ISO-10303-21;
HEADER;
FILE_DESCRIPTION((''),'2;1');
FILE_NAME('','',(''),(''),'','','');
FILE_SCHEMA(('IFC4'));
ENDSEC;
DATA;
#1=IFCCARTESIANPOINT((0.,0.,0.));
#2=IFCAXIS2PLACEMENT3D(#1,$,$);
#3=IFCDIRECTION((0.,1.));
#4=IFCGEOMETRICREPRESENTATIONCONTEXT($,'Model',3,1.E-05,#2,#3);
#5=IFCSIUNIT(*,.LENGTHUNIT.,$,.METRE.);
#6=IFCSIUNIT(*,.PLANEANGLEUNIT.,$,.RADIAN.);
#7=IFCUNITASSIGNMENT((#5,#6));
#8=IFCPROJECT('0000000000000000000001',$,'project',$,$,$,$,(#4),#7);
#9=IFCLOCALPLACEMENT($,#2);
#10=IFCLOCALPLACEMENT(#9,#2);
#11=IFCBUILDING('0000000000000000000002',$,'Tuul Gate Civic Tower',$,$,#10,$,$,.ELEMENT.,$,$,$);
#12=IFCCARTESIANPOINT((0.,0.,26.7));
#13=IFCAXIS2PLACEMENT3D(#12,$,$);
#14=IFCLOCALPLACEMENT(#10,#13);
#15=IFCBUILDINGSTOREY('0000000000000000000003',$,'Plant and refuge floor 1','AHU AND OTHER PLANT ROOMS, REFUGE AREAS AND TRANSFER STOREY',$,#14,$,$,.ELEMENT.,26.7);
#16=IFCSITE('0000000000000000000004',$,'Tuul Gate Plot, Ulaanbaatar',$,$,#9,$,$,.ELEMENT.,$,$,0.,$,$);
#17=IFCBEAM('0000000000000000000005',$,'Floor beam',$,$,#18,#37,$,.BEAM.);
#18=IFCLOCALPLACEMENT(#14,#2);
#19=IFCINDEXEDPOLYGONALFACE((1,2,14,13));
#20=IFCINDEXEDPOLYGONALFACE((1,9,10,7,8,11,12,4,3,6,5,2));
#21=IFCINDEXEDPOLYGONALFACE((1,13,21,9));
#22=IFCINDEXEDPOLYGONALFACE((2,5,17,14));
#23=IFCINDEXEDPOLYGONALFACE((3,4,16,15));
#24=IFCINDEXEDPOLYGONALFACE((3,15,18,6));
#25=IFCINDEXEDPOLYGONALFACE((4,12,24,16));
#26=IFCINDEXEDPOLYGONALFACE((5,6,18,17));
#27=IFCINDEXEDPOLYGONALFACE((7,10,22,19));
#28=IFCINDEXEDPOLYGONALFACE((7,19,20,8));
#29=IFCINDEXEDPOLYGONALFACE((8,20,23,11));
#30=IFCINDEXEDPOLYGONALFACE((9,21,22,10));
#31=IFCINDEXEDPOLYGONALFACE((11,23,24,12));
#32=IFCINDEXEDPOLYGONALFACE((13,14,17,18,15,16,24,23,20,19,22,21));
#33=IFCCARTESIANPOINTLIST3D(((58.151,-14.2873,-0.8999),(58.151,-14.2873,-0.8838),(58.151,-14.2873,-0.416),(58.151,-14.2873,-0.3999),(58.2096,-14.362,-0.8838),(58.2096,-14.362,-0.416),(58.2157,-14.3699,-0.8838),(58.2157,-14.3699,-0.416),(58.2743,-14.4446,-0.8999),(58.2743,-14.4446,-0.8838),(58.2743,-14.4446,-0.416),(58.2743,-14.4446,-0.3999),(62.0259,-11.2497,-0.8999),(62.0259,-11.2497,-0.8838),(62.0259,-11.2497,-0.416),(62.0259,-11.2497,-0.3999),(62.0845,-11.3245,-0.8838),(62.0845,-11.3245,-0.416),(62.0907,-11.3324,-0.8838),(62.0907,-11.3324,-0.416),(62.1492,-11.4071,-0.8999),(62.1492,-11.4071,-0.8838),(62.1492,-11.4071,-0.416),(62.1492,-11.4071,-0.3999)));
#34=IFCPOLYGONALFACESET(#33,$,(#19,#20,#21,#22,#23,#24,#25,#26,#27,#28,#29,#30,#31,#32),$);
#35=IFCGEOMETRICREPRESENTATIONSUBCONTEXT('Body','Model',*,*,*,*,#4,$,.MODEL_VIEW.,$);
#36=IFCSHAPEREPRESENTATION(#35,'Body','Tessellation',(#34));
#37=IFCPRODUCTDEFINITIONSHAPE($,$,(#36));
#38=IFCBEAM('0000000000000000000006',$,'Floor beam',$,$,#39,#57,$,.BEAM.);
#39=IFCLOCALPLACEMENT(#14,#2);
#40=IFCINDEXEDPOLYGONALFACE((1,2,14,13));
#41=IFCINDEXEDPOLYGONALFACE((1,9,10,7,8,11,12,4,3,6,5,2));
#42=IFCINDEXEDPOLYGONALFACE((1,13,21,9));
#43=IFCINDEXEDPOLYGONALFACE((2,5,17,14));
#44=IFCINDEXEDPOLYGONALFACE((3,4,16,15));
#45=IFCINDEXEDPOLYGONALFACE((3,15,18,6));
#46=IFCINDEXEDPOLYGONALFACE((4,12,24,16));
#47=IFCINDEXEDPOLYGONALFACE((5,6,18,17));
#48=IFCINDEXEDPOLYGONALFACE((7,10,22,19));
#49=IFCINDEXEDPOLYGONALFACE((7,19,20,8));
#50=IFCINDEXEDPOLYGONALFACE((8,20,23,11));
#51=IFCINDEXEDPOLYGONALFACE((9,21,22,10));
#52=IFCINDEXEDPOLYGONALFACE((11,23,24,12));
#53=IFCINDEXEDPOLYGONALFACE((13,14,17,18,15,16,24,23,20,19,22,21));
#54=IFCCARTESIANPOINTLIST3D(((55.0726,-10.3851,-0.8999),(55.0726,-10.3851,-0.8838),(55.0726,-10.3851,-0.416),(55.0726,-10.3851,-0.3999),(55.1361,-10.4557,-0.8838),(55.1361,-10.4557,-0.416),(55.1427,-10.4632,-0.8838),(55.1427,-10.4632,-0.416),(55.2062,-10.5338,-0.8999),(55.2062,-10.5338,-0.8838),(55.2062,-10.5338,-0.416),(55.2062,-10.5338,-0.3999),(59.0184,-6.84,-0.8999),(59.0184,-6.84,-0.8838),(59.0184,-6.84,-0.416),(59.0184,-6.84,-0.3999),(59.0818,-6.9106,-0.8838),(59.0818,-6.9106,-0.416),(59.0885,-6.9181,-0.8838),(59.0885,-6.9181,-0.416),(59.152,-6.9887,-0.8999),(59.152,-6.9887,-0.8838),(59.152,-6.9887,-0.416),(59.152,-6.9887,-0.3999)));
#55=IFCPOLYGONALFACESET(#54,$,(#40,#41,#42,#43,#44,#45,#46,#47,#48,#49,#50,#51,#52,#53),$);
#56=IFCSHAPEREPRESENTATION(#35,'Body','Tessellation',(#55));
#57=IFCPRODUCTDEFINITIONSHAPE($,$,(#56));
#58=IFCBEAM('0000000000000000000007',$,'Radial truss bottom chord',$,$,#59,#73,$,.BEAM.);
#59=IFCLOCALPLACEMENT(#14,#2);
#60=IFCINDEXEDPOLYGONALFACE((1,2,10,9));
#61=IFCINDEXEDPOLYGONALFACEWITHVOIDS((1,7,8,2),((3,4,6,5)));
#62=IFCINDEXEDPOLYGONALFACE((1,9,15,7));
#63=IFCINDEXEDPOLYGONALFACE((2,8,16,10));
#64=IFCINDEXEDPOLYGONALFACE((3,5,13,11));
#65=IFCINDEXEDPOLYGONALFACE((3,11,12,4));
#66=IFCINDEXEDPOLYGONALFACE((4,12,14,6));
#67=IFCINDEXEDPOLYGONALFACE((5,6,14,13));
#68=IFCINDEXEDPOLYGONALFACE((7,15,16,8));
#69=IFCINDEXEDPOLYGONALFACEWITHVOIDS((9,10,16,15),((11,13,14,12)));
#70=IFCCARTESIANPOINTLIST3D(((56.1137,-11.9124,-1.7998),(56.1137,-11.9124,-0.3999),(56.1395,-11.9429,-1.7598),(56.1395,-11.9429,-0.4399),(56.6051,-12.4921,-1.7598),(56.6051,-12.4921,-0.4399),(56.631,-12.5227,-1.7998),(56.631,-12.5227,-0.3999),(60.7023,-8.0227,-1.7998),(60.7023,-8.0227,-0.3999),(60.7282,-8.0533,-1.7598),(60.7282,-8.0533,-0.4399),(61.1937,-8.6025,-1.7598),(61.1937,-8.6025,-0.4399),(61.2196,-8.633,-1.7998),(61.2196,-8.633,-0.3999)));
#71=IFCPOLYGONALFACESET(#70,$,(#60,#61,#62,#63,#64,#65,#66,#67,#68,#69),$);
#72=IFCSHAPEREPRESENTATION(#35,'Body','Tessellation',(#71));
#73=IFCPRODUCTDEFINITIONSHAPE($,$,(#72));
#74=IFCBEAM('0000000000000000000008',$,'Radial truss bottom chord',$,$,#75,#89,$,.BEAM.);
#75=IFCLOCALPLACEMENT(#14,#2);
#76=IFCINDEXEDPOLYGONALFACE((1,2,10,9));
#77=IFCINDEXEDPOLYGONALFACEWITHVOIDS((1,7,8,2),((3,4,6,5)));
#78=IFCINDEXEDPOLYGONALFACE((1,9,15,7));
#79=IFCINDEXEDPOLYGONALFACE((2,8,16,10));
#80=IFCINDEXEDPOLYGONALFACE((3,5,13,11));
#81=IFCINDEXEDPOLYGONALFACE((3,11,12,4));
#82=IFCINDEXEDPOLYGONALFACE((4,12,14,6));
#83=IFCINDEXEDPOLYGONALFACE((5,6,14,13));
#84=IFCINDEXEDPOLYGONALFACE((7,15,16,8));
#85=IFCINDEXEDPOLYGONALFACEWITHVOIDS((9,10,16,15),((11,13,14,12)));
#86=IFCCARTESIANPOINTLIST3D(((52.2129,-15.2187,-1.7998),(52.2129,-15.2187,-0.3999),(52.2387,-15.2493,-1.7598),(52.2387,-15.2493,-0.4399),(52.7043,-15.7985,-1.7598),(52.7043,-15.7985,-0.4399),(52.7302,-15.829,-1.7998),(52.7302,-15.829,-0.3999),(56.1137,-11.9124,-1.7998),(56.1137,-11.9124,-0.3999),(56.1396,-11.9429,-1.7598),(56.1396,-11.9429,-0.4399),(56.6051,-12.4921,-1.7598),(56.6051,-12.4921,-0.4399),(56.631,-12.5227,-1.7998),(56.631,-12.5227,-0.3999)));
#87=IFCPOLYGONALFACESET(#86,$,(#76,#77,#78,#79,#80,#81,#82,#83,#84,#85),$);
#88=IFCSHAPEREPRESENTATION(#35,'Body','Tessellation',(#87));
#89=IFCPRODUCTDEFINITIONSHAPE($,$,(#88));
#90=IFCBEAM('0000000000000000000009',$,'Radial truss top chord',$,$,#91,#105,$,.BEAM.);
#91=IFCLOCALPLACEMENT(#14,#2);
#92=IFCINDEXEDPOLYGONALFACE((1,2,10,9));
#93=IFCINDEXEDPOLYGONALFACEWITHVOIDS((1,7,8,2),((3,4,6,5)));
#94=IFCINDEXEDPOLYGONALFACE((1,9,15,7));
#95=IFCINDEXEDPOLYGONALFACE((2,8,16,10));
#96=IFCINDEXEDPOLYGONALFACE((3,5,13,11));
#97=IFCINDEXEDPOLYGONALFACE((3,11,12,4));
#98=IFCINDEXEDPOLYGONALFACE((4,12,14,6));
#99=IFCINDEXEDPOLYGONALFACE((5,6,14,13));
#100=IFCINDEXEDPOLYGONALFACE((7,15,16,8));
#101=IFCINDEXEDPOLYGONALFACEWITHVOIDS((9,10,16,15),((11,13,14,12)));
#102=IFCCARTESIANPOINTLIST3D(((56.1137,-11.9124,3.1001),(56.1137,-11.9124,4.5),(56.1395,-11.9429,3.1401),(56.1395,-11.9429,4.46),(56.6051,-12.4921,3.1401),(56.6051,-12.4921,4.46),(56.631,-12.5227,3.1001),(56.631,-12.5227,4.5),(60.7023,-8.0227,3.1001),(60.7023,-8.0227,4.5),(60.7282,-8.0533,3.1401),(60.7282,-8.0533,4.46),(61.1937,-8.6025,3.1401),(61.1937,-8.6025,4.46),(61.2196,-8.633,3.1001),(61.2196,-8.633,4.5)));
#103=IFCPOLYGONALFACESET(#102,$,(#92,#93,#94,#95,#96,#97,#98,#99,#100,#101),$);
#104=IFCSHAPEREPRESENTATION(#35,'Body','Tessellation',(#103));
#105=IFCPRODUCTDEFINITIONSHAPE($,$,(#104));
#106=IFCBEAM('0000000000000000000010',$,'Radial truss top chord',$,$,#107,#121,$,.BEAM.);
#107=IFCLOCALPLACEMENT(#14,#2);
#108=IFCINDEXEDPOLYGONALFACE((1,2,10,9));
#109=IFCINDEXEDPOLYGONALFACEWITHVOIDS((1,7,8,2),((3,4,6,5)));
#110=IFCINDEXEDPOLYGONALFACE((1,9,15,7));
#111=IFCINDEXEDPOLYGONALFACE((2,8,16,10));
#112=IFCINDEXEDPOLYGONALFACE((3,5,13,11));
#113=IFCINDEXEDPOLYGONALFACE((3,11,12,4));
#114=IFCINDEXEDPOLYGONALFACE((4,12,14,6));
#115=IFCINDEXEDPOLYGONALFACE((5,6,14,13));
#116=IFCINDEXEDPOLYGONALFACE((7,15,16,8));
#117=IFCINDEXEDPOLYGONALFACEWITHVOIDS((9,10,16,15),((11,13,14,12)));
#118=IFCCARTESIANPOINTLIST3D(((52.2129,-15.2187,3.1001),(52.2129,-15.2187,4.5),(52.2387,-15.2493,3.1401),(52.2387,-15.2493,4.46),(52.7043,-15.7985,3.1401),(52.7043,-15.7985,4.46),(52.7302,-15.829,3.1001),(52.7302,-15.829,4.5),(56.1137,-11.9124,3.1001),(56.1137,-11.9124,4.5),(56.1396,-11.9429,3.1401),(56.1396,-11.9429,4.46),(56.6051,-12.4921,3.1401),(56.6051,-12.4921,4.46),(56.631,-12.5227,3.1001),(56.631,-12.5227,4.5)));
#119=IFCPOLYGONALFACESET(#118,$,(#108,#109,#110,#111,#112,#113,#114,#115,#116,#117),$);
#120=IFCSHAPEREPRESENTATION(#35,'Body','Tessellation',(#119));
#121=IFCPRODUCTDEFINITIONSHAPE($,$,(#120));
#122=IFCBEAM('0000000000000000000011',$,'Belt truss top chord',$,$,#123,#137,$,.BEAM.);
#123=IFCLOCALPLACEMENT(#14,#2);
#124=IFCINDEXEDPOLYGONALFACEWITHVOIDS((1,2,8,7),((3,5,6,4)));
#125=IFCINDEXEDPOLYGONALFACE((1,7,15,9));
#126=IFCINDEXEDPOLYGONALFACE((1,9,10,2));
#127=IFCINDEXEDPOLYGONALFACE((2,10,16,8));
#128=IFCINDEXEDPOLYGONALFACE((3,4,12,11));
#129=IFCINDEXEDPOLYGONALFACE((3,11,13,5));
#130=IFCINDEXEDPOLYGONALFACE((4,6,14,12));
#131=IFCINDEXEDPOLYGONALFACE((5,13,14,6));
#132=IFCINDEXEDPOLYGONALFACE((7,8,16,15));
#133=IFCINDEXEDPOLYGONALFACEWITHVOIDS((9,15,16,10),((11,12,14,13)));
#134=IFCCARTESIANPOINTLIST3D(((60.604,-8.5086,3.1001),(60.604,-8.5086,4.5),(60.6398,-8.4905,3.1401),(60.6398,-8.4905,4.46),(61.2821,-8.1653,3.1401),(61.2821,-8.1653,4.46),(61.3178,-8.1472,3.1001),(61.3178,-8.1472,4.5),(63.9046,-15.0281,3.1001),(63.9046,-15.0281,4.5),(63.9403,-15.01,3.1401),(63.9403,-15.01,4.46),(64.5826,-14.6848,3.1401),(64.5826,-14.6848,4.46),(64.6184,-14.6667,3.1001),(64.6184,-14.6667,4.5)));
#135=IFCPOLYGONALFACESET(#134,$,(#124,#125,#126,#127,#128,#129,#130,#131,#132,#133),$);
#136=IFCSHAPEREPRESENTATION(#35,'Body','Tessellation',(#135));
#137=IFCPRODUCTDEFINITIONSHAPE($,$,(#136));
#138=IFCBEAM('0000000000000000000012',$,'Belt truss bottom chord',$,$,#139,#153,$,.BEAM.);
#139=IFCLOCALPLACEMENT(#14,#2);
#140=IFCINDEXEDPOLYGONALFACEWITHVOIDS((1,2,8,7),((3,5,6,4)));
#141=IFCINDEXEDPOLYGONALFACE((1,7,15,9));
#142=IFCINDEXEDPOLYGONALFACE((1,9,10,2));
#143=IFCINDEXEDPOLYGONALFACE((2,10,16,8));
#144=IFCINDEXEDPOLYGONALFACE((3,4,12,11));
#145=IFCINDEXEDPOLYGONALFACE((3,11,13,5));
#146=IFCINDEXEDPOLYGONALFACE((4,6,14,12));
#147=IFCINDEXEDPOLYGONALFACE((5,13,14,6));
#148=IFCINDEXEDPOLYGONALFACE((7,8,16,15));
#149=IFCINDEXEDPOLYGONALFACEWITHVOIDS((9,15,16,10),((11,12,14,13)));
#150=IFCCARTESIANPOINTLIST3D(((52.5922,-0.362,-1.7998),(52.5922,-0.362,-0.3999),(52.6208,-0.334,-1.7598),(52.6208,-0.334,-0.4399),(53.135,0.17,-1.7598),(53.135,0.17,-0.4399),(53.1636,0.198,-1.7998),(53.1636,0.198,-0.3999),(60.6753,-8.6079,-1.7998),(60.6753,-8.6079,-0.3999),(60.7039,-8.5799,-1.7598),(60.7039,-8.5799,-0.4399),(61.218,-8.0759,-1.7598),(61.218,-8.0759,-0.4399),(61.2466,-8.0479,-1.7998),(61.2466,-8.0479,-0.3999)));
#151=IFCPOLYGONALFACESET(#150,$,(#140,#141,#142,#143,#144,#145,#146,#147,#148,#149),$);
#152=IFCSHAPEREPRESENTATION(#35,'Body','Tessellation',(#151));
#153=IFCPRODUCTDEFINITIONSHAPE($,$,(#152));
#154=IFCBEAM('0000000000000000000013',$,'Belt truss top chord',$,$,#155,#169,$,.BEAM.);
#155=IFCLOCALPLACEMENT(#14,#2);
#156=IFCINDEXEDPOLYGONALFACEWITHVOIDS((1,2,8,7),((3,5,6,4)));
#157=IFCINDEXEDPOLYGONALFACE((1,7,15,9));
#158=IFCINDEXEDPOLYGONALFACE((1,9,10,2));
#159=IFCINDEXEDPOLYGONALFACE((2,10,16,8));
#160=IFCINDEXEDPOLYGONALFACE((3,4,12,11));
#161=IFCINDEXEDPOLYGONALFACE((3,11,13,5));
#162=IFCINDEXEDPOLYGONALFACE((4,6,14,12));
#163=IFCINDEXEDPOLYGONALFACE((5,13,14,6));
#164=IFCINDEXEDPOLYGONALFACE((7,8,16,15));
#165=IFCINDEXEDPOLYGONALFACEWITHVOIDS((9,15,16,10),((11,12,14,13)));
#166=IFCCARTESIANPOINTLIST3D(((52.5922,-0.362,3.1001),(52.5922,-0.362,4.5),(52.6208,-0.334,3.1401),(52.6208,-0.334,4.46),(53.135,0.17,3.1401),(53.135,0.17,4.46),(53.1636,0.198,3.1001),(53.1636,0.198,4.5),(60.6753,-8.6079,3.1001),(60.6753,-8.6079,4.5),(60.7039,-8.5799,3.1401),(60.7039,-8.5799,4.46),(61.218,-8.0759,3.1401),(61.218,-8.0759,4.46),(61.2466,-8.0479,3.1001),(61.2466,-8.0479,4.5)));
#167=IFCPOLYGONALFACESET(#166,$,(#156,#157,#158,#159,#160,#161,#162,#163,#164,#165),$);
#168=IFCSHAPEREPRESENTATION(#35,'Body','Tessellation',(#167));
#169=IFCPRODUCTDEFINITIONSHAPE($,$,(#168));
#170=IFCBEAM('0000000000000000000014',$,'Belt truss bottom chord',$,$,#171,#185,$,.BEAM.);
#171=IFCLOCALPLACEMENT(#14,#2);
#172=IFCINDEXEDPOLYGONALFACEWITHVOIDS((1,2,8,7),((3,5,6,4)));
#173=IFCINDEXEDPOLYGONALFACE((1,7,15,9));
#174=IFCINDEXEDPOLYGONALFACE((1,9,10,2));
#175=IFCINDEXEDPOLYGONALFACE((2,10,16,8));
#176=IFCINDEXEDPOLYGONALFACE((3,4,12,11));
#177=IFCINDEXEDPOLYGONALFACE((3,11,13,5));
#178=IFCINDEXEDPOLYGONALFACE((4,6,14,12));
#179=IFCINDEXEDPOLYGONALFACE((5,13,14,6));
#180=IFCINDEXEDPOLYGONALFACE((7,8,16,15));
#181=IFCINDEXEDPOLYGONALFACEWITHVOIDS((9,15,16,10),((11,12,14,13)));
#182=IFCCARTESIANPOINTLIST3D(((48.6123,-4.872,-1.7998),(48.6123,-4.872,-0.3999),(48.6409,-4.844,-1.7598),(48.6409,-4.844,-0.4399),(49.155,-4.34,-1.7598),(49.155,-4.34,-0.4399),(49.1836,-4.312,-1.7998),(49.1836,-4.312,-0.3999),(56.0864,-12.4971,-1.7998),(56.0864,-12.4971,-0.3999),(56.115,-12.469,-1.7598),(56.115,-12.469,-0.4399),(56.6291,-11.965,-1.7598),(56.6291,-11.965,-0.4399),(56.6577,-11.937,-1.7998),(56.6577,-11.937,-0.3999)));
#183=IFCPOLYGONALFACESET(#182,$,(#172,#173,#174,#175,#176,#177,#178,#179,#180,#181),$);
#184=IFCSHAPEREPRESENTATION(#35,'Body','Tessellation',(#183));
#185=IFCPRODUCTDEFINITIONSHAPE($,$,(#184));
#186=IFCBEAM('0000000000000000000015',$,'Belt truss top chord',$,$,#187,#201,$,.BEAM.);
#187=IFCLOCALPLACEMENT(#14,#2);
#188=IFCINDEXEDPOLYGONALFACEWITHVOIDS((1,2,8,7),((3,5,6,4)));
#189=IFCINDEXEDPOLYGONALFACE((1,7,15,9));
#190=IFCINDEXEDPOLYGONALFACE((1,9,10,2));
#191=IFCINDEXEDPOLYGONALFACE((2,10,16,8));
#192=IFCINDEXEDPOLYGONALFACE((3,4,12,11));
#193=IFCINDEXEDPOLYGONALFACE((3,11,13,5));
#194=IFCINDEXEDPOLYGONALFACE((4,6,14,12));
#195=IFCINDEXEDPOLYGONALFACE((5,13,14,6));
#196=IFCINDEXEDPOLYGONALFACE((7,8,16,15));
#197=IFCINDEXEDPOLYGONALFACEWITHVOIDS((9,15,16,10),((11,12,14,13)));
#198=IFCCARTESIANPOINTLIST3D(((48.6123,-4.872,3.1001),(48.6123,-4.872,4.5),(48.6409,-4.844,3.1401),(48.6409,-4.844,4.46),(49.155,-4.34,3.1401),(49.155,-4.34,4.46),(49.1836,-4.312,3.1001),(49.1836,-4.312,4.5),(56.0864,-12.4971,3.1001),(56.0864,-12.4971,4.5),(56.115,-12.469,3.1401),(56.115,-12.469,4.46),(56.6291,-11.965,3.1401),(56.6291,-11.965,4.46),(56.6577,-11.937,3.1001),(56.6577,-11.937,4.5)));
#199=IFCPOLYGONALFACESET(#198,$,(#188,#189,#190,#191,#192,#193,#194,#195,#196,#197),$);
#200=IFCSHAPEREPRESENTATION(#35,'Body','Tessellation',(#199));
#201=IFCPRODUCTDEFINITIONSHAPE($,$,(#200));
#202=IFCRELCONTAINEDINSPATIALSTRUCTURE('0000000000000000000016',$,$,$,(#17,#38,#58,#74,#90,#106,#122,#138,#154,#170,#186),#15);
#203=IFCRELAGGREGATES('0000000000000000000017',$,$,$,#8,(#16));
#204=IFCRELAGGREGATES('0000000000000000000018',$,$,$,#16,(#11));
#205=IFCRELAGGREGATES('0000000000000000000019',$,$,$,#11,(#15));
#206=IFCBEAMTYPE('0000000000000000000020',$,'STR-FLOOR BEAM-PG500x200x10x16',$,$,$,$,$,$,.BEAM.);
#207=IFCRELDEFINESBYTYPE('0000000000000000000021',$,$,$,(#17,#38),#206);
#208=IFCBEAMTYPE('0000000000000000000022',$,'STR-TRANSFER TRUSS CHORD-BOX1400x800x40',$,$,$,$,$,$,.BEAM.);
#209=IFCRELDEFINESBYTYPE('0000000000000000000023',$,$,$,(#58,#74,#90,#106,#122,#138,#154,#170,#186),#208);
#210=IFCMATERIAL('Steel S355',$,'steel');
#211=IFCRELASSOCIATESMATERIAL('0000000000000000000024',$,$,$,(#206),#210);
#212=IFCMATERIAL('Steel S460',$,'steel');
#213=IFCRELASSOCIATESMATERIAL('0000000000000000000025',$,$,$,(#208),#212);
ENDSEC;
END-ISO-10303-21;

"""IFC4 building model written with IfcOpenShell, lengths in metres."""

from ifc_helpers import new_model, si_unit, direction, frame, origin, origin_2d, place, context, subcontext, project, spatial, hollow_rectangle, i_section, extrude, material, material_profile, profile_set, type_object, element, save


model = new_model("IFC4")

# Units and contexts
model_context = context("Model", 3, precision=1e-05, world=origin(), true_north=direction((0.0, 1.0)))
body_context = subcontext(model_context, "Body", "Model", "MODEL_VIEW")
ifc_project = project(units=[si_unit("LENGTHUNIT", "METRE"), si_unit("PLANEANGLEUNIT", "RADIAN")], contexts=[model_context])

# Site, building, storey
site_placement = place(None, origin())
site = spatial("IfcSite", under=ifc_project, at=site_placement, Name="Tuul Gate Plot, Ulaanbaatar", CompositionType="ELEMENT", RefElevation=0.0)
building_placement = place(site_placement, origin())
building = spatial("IfcBuilding", under=site, at=building_placement, Name="Tuul Gate Civic Tower", CompositionType="ELEMENT")
storey_placement = place(building_placement, frame((0.0, 0.0, 26.7)))
storey = spatial("IfcBuildingStorey", under=building, at=storey_placement, Name="Plant and refuge floor 1", Description="AHU AND OTHER PLANT ROOMS, REFUGE AREAS AND TRANSFER STOREY", CompositionType="ELEMENT", Elevation=26.7)

# Beams
ifc_material_1 = material(Name="Steel S355", Category="steel")
ifc_material_profile_1 = material_profile(ifc_material_1, i_section(OverallWidth=0.2, OverallDepth=0.5, WebThickness=0.01, FlangeThickness=0.0161, at=origin_2d()), Name="PG500x200x10x16")
ifc_profile_set_1 = profile_set([ifc_material_profile_1], Name="Steel S355")
beam_type_1 = type_object("IfcBeamType", Name="STR-FLOOR BEAM-PG500x200x10x16", PredefinedType="BEAM", material=ifc_profile_set_1)
beam_1_placement = place(storey_placement, frame((58.2126, -14.366, -0.6499), z_axis=(0.787013, 0.616936, 0.0), x_axis=(-0.616936, 0.787013, 0.0)))
element("IfcBeam", 1, at=beam_1_placement, inside=storey, type_object=beam_type_1, Name="Floor beam", PredefinedType="BEAM", context=body_context, shape_type="SweptSolid", body=[
    extrude(i_section(OverallWidth=0.2, OverallDepth=0.5, WebThickness=0.01, FlangeThickness=0.0161, at=origin_2d()), origin(), (0.0, 0.0, 1.0), 4.9236),
])
beam_2_placement = place(storey_placement, frame((55.1394, -10.4595, -0.6499), z_axis=(0.743861, 0.668334, 0.0), x_axis=(-0.668334, 0.743861, 0.0)))
element("IfcBeam", 2, at=beam_2_placement, inside=storey, type_object=beam_type_1, Name="Floor beam", PredefinedType="BEAM", context=body_context, shape_type="SweptSolid", body=[
    extrude(i_section(OverallWidth=0.2, OverallDepth=0.5, WebThickness=0.01, FlangeThickness=0.0161, at=origin_2d()), origin(), (0.0, 0.0, 1.0), 5.3044),
])
ifc_material_2 = material(Name="Steel S460", Category="steel")
ifc_material_profile_2 = material_profile(ifc_material_2, hollow_rectangle(XDim=0.8, YDim=1.3999, WallThickness=0.04, at=origin_2d()), Name="BOX1400x800x40")
ifc_profile_set_2 = profile_set([ifc_material_profile_2], Name="Steel S460")
beam_type_2 = type_object("IfcBeamType", Name="STR-TRANSFER TRUSS CHORD-BOX1400x800x40", PredefinedType="BEAM", material=ifc_profile_set_2)
beam_3_placement = place(storey_placement, frame((60.9609, -8.3279, -1.0999), z_axis=(-0.762815, -0.646617, 0.0), x_axis=(0.646617, -0.762815, 0.0)))
element("IfcBeam", 3, at=beam_3_placement, inside=storey, type_object=beam_type_2, Name="Radial truss bottom chord", PredefinedType="BEAM", context=body_context, shape_type="SweptSolid", body=[
    extrude(hollow_rectangle(XDim=0.8, YDim=1.3999, WallThickness=0.04, at=origin_2d()), origin(), (0.0, 0.0, 1.0), 6.0154),
])
beam_4_placement = place(storey_placement, frame((56.3723, -12.2175, -1.0999), z_axis=(-0.762841, -0.646586, 0.0), x_axis=(0.646586, -0.762841, 0.0)))
element("IfcBeam", 4, at=beam_4_placement, inside=storey, type_object=beam_type_2, Name="Radial truss bottom chord", PredefinedType="BEAM", context=body_context, shape_type="SweptSolid", body=[
    extrude(hollow_rectangle(XDim=0.8, YDim=1.3999, WallThickness=0.04, at=origin_2d()), origin(), (0.0, 0.0, 1.0), 5.1135),
])
beam_5_placement = place(storey_placement, frame((60.9609, -8.3279, 3.8), z_axis=(-0.762815, -0.646617, 0.0), x_axis=(0.646617, -0.762815, 0.0)))
element("IfcBeam", 5, at=beam_5_placement, inside=storey, type_object=beam_type_2, Name="Radial truss top chord", PredefinedType="BEAM", context=body_context, shape_type="SweptSolid", body=[
    extrude(hollow_rectangle(XDim=0.8, YDim=1.3999, WallThickness=0.04, at=origin_2d()), origin(), (0.0, 0.0, 1.0), 6.0154),
])
beam_6_placement = place(storey_placement, frame((56.3723, -12.2175, 3.8), z_axis=(-0.762841, -0.646586, 0.0), x_axis=(0.646586, -0.762841, 0.0)))
element("IfcBeam", 6, at=beam_6_placement, inside=storey, type_object=beam_type_2, Name="Radial truss top chord", PredefinedType="BEAM", context=body_context, shape_type="SweptSolid", body=[
    extrude(hollow_rectangle(XDim=0.8, YDim=1.3999, WallThickness=0.04, at=origin_2d()), origin(), (0.0, 0.0, 1.0), 5.1135),
])
beam_7_placement = place(storey_placement, frame((64.2615, -14.8474, 3.8), z_axis=(-0.451672, 0.892184, 0.0), x_axis=(-0.892184, -0.451672, 0.0)))
element("IfcBeam", 7, at=beam_7_placement, inside=storey, type_object=beam_type_2, Name="Belt truss top chord", PredefinedType="BEAM", context=body_context, shape_type="SweptSolid", body=[
    extrude(hollow_rectangle(XDim=0.8, YDim=1.3999, WallThickness=0.04, at=origin_2d()), origin(), (0.0, 0.0, 1.0), 7.3074),
])
for number, where, z_axis, x_axis, name in (
    (8, (60.9609, -8.3279, -1.0999), (-0.70002, 0.714123, 0.0), (-0.714123, -0.70002, 0.0), "Belt truss bottom chord"),
    (9, (60.9609, -8.3279, 3.8), (-0.70002, 0.714123, 0.0), (-0.714123, -0.70002, 0.0), "Belt truss top chord"),
):
    element("IfcBeam", number, at=place(storey_placement, frame(where, z_axis=z_axis, x_axis=x_axis)), inside=storey, type_object=beam_type_2, Name=name, PredefinedType="BEAM", context=body_context, shape_type="SweptSolid", body=[
        extrude(hollow_rectangle(XDim=0.8, YDim=1.3999, WallThickness=0.04, at=origin_2d()), origin(), (0.0, 0.0, 1.0), 11.5469),
    ])
for number, where, z_axis, x_axis, name in (
    (10, (56.3721, -12.217, -1.0999), (-0.700006, 0.714137, 0.0), (-0.714137, -0.700006, 0.0), "Belt truss bottom chord"),
    (11, (56.3721, -12.217, 3.8), (-0.700006, 0.714137, 0.0), (-0.714137, -0.700006, 0.0), "Belt truss top chord"),
):
    element("IfcBeam", number, at=place(storey_placement, frame(where, z_axis=z_axis, x_axis=x_axis)), inside=storey, type_object=beam_type_2, Name=name, PredefinedType="BEAM", context=body_context, shape_type="SweptSolid", body=[
        extrude(hollow_rectangle(XDim=0.8, YDim=1.3999, WallThickness=0.04, at=origin_2d()), origin(), (0.0, 0.0, 1.0), 10.6772),
    ])

save(model, "model.ifc")
